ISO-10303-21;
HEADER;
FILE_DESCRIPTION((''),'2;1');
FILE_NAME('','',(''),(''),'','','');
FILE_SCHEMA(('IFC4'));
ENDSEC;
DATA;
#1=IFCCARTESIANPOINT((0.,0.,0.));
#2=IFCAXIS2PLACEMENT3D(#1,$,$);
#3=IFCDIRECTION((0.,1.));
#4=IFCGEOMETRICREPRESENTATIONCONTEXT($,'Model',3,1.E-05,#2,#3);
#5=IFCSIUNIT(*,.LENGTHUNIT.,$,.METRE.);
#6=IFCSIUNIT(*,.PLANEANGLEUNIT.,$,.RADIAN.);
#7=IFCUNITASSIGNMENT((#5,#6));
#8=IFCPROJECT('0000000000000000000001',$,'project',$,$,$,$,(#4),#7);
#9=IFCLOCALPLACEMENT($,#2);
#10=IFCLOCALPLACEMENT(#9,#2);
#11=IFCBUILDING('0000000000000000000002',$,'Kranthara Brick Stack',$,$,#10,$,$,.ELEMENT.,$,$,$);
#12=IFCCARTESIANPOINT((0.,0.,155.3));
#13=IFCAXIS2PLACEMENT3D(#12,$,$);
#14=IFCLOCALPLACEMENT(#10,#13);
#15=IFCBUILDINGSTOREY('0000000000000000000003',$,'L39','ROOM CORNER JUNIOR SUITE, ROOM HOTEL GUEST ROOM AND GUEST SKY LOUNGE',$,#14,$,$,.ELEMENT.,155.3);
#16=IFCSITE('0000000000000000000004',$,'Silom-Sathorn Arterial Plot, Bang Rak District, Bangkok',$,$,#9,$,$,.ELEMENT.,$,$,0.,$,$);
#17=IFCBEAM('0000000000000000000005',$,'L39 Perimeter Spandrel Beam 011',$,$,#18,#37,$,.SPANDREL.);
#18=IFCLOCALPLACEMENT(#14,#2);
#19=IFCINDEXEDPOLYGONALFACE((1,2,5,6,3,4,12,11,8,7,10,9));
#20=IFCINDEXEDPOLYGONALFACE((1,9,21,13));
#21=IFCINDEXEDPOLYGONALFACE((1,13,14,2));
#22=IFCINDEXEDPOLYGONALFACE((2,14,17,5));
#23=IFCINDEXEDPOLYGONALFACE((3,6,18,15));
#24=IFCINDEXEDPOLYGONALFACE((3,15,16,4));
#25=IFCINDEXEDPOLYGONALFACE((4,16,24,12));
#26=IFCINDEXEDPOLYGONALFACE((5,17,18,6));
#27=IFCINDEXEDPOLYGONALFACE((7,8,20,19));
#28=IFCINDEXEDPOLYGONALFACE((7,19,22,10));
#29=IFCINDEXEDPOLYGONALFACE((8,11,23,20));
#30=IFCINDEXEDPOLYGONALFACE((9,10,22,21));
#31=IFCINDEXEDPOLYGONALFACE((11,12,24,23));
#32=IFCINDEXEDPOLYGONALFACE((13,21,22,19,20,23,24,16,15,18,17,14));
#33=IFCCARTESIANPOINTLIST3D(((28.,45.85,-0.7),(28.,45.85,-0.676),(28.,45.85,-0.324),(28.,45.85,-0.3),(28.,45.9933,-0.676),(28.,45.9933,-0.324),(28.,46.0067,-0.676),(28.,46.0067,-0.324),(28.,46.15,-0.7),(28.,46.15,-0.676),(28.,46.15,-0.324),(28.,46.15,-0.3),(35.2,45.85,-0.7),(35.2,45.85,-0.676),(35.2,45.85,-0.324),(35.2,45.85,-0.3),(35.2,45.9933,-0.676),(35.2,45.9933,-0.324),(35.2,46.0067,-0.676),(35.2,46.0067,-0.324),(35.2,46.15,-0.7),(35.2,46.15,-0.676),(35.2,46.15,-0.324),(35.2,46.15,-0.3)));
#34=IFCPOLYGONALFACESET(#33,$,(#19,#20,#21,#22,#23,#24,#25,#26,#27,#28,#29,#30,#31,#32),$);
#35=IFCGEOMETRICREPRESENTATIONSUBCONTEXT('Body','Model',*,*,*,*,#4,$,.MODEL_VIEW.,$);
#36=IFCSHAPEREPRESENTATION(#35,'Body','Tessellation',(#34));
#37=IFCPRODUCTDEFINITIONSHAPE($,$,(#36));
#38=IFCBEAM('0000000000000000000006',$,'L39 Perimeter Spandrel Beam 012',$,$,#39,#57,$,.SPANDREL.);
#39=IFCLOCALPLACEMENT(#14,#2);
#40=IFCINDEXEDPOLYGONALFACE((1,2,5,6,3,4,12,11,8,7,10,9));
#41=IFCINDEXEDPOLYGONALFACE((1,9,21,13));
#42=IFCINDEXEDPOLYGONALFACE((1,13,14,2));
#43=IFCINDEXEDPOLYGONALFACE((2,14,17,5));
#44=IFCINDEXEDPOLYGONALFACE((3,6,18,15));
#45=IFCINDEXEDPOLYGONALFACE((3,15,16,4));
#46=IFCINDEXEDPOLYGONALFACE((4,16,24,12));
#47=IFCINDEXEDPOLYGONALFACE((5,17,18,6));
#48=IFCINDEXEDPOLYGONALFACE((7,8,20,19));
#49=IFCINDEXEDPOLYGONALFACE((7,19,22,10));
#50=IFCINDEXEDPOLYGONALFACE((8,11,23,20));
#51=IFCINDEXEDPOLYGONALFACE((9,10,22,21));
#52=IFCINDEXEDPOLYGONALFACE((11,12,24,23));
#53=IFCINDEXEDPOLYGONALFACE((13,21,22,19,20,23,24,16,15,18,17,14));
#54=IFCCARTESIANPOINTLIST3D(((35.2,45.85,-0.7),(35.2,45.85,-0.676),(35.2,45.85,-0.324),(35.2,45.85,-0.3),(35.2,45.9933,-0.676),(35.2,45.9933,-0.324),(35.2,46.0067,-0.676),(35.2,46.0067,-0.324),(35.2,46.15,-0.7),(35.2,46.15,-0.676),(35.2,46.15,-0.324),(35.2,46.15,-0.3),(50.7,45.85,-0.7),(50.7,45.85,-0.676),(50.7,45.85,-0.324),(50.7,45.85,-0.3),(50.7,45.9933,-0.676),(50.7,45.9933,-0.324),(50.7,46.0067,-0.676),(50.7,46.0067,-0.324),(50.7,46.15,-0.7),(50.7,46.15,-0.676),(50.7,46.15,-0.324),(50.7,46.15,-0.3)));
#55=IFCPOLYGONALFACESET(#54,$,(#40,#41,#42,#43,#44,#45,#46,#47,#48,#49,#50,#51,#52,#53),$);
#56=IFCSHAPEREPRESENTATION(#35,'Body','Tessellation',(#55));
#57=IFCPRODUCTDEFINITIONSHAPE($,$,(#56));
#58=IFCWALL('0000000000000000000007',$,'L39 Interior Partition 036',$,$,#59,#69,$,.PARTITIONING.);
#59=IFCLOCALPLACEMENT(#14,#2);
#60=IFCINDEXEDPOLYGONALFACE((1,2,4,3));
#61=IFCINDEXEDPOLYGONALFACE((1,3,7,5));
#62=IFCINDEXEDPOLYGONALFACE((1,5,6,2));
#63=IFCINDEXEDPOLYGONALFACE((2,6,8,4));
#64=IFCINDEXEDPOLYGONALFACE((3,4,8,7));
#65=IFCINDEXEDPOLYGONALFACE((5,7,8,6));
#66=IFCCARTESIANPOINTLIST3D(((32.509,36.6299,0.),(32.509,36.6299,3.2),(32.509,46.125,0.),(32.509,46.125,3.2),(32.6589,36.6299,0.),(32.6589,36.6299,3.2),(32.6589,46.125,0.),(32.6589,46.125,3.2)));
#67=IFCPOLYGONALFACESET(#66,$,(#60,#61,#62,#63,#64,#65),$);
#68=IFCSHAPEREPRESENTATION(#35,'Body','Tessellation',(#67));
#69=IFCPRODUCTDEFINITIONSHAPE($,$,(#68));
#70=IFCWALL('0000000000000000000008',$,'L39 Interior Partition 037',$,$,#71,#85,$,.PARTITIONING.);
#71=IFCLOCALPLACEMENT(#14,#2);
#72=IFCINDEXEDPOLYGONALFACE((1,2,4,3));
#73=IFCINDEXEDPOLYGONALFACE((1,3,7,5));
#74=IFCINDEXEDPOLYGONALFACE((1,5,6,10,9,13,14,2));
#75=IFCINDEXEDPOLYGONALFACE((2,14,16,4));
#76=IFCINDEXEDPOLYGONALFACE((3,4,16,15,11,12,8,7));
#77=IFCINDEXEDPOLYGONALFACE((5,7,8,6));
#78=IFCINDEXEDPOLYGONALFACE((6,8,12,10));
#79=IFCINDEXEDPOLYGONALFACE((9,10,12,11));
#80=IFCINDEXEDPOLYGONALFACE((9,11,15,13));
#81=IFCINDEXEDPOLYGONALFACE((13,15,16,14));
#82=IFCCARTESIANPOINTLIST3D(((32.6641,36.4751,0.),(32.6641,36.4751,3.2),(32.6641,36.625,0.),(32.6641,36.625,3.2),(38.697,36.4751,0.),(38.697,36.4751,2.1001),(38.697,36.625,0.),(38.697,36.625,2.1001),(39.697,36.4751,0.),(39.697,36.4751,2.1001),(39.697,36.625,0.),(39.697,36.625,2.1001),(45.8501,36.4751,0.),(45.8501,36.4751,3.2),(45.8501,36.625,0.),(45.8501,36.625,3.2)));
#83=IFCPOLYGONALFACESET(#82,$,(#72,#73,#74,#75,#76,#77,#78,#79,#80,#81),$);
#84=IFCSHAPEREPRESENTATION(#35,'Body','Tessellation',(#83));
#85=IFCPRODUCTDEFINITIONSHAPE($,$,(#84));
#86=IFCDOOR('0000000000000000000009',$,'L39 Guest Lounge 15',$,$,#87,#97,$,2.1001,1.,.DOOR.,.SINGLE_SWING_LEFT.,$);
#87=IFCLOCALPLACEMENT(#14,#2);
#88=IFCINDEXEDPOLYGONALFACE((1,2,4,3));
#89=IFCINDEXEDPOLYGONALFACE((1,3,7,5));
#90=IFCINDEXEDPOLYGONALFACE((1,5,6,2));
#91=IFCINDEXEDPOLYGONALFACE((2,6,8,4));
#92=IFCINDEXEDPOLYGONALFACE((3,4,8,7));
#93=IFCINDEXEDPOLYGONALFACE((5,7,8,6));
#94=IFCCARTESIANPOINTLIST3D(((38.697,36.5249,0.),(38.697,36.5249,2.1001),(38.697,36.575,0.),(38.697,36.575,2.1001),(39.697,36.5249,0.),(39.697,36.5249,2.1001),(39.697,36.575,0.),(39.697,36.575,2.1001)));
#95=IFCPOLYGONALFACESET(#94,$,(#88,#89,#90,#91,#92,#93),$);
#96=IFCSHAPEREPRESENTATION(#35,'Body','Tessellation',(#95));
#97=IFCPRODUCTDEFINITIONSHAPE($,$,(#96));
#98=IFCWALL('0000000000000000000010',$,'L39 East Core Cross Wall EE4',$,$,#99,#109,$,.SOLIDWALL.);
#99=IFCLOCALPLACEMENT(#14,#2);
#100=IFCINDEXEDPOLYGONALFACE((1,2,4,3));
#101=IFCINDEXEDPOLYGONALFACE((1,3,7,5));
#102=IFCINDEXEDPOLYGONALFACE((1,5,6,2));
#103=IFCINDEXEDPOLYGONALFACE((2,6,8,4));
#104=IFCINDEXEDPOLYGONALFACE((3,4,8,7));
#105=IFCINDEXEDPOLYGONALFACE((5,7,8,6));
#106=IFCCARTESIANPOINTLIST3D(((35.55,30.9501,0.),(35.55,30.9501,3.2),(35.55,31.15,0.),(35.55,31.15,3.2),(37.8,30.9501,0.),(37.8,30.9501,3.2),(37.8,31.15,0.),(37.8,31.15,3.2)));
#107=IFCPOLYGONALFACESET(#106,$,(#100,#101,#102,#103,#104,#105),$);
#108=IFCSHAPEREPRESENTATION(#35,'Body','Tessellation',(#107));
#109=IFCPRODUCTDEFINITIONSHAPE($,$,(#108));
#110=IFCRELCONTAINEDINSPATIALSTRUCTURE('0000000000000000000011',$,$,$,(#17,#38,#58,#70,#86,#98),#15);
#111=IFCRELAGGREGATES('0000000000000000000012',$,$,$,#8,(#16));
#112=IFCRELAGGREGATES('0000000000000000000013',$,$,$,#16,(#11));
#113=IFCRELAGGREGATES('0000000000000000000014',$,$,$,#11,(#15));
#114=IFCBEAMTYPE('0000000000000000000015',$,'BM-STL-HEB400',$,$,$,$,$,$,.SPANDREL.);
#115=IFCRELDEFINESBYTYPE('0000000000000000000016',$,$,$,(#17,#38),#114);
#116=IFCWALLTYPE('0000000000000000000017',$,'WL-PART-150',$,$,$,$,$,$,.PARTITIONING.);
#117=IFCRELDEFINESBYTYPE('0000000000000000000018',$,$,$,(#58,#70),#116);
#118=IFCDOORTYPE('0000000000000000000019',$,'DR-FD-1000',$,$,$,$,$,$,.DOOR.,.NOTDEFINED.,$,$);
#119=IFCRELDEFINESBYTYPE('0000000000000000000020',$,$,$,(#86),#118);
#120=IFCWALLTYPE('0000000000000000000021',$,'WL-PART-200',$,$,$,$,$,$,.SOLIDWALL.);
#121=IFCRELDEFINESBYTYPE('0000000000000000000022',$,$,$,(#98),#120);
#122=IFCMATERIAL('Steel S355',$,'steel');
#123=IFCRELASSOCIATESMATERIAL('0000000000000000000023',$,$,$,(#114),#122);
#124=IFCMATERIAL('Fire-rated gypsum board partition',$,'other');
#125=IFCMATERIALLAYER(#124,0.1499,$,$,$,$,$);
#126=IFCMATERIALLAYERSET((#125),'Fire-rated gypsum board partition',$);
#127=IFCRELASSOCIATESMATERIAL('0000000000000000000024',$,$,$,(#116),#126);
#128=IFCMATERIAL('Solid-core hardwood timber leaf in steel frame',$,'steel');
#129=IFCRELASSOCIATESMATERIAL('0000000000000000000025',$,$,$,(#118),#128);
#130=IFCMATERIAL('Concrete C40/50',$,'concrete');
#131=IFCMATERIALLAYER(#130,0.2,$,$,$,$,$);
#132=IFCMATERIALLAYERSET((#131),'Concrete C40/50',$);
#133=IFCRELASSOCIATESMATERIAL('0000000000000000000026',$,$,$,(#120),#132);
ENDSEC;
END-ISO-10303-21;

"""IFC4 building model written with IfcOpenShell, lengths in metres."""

from ifc_helpers import new_model, si_unit, direction, frame, frame_2d, origin, origin_2d, place, context, subcontext, project, spatial, rectangle, i_section, extrude, material, layer, layer_set, material_profile, profile_set, type_object, element, fill, save


model = new_model("IFC4")

# Units and contexts
model_context = context("Model", 3, precision=1e-05, world=origin(), true_north=direction((0.0, 1.0)))
body_context = subcontext(model_context, "Body", "Model", "MODEL_VIEW")
ifc_project = project(units=[si_unit("LENGTHUNIT", "METRE"), si_unit("PLANEANGLEUNIT", "RADIAN")], contexts=[model_context])

# Site, building, storey
site_placement = place(None, origin())
site = spatial("IfcSite", under=ifc_project, at=site_placement, Name="Silom-Sathorn Arterial Plot, Bang Rak District, Bangkok", CompositionType="ELEMENT", RefElevation=0.0)
building_placement = place(site_placement, origin())
building = spatial("IfcBuilding", under=site, at=building_placement, Name="Kranthara Brick Stack", CompositionType="ELEMENT")
storey_placement = place(building_placement, frame((0.0, 0.0, 155.3)))
storey = spatial("IfcBuildingStorey", under=building, at=storey_placement, Name="L39", Description="ROOM CORNER JUNIOR SUITE, ROOM HOTEL GUEST ROOM AND GUEST SKY LOUNGE", CompositionType="ELEMENT", Elevation=155.3)

# Beams
ifc_material_1 = material(Name="Steel S355", Category="steel")
ifc_material_profile_1 = material_profile(ifc_material_1, i_section(OverallWidth=0.3, OverallDepth=0.3999, WebThickness=0.0134, FlangeThickness=0.0239, at=origin_2d()), Name="HEB 400")
ifc_profile_set_1 = profile_set([ifc_material_profile_1], Name="Steel S355")
beam_type_1 = type_object("IfcBeamType", Name="BM-STL-HEB400", PredefinedType="SPANDREL", material=ifc_profile_set_1)
beam_1_placement = place(storey_placement, frame((28.0, 46.0, -0.5), z_axis=(1.0, 0.0, 0.0), x_axis=(0.0, 1.0, 0.0)))
element("IfcBeam", 1, at=beam_1_placement, inside=storey, type_object=beam_type_1, Name="L39 Perimeter Spandrel Beam 011", PredefinedType="SPANDREL", context=body_context, shape_type="SweptSolid", body=[
    extrude(i_section(OverallWidth=0.3, OverallDepth=0.3999, WebThickness=0.0134, FlangeThickness=0.0239, at=origin_2d()), origin(), (0.0, 0.0, 1.0), 7.2),
])
beam_2_placement = place(storey_placement, frame((35.2, 46.0, -0.5), z_axis=(1.0, 0.0, 0.0), x_axis=(0.0, 1.0, 0.0)))
element("IfcBeam", 2, at=beam_2_placement, inside=storey, type_object=beam_type_1, Name="L39 Perimeter Spandrel Beam 012", PredefinedType="SPANDREL", context=body_context, shape_type="SweptSolid", body=[
    extrude(i_section(OverallWidth=0.3, OverallDepth=0.3999, WebThickness=0.0134, FlangeThickness=0.0239, at=origin_2d()), origin(), (0.0, 0.0, 1.0), 15.5),
])

# Wall
ifc_material_2 = material(Name="Fire-rated gypsum board partition", Category="other")
ifc_layer_1 = layer(ifc_material_2, 0.1499)
ifc_layer_set_1 = layer_set([ifc_layer_1], Name="Fire-rated gypsum board partition")
wall_type_1 = type_object("IfcWallType", Name="WL-PART-150", PredefinedType="PARTITIONING", material=ifc_layer_set_1)
wall_1_placement = place(storey_placement, frame((32.584, 36.6299, 0.0), z_axis=(0.0, 0.0, 1.0), x_axis=(0.0, 1.0, 0.0)))
element("IfcWall", 3, at=wall_1_placement, inside=storey, type_object=wall_type_1, Name="L39 Interior Partition 036", PredefinedType="PARTITIONING", context=body_context, shape_type="SweptSolid", body=[
    extrude(rectangle(XDim=9.4951, YDim=0.1499, at=frame_2d((4.7476, 0.0))), origin(), (0.0, 0.0, 1.0), 3.2),
])

# Wall, opening, door
wall_2_placement = place(storey_placement, frame((32.6641, 36.55, 0.0), z_axis=(0.0, 0.0, 1.0), x_axis=(1.0, 0.0, 0.0)))
wall_2 = element("IfcWall", 4, at=wall_2_placement, inside=storey, type_object=wall_type_1, Name="L39 Interior Partition 037", PredefinedType="PARTITIONING", context=body_context, shape_type="SweptSolid", body=[
    extrude(rectangle(XDim=13.186, YDim=0.1499, at=frame_2d((6.593, 0.0))), origin(), (0.0, 0.0, 1.0), 3.2),
])
opening_1_placement = place(wall_2_placement, frame((6.033, 0.0, 0.0)))
opening_1 = element("IfcOpeningElement", 5, at=opening_1_placement, cuts=wall_2, PredefinedType="OPENING", context=body_context, shape_type="SweptSolid", body=[
    extrude(rectangle(XDim=1.0, YDim=2.1001, at=frame_2d((0.5, 1.05))), frame((0.0, 0.085, 0.0), z_axis=(0.0, -1.0, 0.0), x_axis=(1.0, 0.0, 0.0)), (0.0, 0.0, 1.0), 0.1699),
])
ifc_material_3 = material(Name="Solid-core hardwood timber leaf in steel frame", Category="steel")
door_type_1 = type_object("IfcDoorType", Name="DR-FD-1000", OperationType="NOTDEFINED", PredefinedType="DOOR", material=ifc_material_3)
door_1_placement = place(opening_1_placement, origin())
door_1 = element("IfcDoor", 6, at=door_1_placement, inside=storey, type_object=door_type_1, Name="L39 Guest Lounge 15", OperationType="SINGLE_SWING_LEFT", OverallHeight=2.1001, OverallWidth=1.0, PredefinedType="DOOR", context=body_context, shape_type="SweptSolid", body=[
    extrude(rectangle(XDim=1.0, YDim=2.1001, at=frame_2d((0.5, 1.05))), frame((0.0, 0.0249, 0.0), z_axis=(0.0, -1.0, 0.0), x_axis=(1.0, 0.0, 0.0)), (0.0, 0.0, 1.0), 0.05),
])
fill(opening_1, door_1)

# Wall
ifc_material_4 = material(Name="Concrete C40/50", Category="concrete")
ifc_layer_2 = layer(ifc_material_4, 0.2)
ifc_layer_set_2 = layer_set([ifc_layer_2], Name="Concrete C40/50")
wall_type_2 = type_object("IfcWallType", Name="WL-PART-200", PredefinedType="SOLIDWALL", material=ifc_layer_set_2)
wall_3_placement = place(storey_placement, frame((35.55, 31.05, 0.0), z_axis=(0.0, 0.0, 1.0), x_axis=(1.0, 0.0, 0.0)))
element("IfcWall", 7, at=wall_3_placement, inside=storey, type_object=wall_type_2, Name="L39 East Core Cross Wall EE4", PredefinedType="SOLIDWALL", context=body_context, shape_type="SweptSolid", body=[
    extrude(rectangle(XDim=2.25, YDim=0.2, at=frame_2d((1.125, 0.0))), origin(), (0.0, 0.0, 1.0), 3.2),
])

save(model, "model.ifc")
